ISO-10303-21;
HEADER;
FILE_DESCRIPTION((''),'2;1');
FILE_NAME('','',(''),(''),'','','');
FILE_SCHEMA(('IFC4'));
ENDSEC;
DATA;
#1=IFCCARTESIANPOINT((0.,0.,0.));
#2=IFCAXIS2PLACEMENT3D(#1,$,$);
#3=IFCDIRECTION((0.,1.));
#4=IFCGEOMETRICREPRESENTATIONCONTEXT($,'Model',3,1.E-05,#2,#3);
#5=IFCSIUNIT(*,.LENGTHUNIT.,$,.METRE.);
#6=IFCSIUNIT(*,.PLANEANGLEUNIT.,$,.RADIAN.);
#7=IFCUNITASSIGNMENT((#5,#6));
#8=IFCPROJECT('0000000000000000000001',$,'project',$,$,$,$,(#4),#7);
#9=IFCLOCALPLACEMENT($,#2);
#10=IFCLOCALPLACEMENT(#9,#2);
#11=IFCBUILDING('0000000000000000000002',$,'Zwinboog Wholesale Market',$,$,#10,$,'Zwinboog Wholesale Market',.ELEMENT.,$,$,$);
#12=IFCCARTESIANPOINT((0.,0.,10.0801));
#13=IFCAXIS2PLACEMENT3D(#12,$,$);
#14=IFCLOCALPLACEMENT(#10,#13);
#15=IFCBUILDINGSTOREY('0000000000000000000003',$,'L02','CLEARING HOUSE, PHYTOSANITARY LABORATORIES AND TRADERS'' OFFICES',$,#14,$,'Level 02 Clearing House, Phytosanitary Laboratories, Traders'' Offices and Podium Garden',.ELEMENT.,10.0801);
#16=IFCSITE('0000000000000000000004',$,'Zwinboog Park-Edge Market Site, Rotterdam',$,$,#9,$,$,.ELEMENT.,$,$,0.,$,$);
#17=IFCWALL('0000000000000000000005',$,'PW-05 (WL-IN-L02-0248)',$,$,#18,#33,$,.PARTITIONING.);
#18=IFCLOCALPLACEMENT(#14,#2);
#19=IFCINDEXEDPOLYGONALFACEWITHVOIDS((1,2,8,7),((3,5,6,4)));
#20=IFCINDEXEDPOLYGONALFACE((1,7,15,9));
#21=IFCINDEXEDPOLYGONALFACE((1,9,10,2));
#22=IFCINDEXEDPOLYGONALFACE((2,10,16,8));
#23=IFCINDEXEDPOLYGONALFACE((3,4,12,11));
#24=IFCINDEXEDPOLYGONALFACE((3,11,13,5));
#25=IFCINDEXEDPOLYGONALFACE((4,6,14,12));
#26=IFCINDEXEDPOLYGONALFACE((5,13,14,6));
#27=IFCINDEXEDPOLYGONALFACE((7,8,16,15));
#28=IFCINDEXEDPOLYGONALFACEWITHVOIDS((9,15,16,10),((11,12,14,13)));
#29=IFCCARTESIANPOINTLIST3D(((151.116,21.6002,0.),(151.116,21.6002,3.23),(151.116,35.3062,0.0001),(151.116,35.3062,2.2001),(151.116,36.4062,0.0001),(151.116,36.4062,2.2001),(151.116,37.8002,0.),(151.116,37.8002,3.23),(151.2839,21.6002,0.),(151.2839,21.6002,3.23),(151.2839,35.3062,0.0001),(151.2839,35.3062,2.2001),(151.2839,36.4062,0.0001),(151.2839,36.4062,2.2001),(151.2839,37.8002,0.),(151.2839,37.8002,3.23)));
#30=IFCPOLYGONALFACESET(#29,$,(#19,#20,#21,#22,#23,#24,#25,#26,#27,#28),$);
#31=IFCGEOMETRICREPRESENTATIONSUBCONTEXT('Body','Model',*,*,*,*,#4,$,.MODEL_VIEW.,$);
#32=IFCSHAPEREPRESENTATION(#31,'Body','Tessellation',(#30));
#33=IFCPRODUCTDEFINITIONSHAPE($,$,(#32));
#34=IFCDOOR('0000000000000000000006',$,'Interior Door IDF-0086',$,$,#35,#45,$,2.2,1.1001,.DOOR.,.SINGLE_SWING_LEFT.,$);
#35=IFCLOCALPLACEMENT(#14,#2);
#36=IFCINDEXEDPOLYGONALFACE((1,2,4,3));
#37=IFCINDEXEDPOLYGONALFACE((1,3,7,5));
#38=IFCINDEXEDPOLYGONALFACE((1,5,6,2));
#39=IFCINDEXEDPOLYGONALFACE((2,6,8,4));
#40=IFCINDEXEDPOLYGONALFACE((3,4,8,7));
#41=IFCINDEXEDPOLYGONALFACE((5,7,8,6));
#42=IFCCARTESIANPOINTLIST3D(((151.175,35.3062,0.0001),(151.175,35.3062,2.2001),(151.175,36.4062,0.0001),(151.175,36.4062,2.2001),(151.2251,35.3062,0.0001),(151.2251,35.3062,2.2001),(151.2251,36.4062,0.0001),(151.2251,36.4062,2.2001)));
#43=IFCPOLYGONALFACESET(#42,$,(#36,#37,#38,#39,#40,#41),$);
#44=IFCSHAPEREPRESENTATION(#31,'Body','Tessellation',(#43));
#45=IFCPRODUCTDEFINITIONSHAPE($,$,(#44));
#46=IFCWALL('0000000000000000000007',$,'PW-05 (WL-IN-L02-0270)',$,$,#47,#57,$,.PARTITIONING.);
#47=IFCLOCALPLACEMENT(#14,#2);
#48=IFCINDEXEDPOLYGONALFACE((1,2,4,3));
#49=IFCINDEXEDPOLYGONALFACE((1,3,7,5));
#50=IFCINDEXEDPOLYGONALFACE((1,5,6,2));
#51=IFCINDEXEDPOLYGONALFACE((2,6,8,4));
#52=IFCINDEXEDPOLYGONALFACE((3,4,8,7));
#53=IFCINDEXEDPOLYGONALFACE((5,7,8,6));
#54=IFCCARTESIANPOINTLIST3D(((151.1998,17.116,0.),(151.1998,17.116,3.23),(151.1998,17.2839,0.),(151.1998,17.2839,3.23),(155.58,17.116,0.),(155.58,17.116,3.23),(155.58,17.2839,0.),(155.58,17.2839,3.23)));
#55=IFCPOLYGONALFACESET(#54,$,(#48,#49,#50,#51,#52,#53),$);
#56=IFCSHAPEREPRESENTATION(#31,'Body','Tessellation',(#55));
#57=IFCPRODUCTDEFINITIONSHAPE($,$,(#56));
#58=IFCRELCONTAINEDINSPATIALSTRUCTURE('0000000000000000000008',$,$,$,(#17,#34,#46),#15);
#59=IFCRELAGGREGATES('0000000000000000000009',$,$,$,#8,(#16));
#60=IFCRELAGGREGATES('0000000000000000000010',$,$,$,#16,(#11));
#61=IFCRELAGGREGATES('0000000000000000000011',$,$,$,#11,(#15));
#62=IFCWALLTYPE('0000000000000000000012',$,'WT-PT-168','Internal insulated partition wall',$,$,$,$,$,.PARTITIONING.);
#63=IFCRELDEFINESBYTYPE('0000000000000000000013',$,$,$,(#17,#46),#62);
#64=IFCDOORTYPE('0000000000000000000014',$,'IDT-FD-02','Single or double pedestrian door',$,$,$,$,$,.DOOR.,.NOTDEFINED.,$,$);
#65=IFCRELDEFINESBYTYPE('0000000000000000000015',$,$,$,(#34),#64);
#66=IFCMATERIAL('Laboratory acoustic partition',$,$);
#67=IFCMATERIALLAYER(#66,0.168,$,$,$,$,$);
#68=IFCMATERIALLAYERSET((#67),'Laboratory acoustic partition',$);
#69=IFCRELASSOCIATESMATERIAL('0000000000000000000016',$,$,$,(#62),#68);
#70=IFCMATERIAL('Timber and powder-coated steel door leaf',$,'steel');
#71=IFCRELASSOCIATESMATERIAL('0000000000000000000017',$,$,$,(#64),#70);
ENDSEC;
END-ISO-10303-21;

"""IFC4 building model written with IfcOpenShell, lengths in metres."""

from ifc_helpers import new_model, si_unit, direction, frame, frame_2d, origin, place, context, subcontext, project, spatial, rectangle, extrude, material, layer, layer_set, type_object, element, fill, save


model = new_model("IFC4")

# Units and contexts
model_context = context("Model", 3, precision=1e-05, world=origin(), true_north=direction((0.0, 1.0)))
body_context = subcontext(model_context, "Body", "Model", "MODEL_VIEW")
ifc_project = project(units=[si_unit("LENGTHUNIT", "METRE"), si_unit("PLANEANGLEUNIT", "RADIAN")], contexts=[model_context])

# Site, building, storey
site_placement = place(None, origin())
site = spatial("IfcSite", under=ifc_project, at=site_placement, Name="Zwinboog Park-Edge Market Site, Rotterdam", CompositionType="ELEMENT", RefElevation=0.0)
building_placement = place(site_placement, origin())
building = spatial("IfcBuilding", under=site, at=building_placement, Name="Zwinboog Wholesale Market", LongName="Zwinboog Wholesale Market", CompositionType="ELEMENT")
storey_placement = place(building_placement, frame((0.0, 0.0, 10.0801)))
storey = spatial("IfcBuildingStorey", under=building, at=storey_placement, Name="L02", Description="CLEARING HOUSE, PHYTOSANITARY LABORATORIES AND TRADERS' OFFICES", LongName="Level 02 Clearing House, Phytosanitary Laboratories, Traders' Offices and Podium Garden", CompositionType="ELEMENT", Elevation=10.0801)

# Shared definitions
ifc_material_1 = material(Name="Timber and powder-coated steel door leaf", Category="steel")

# Wall, opening, door
ifc_material_2 = material(Name="Laboratory acoustic partition")
ifc_layer_1 = layer(ifc_material_2, 0.168)
ifc_layer_set_1 = layer_set([ifc_layer_1], Name="Laboratory acoustic partition")
wall_type_1 = type_object("IfcWallType", Name="WT-PT-168", Description="Internal insulated partition wall", PredefinedType="PARTITIONING", material=ifc_layer_set_1)
wall_1_placement = place(storey_placement, frame((151.2, 21.6001, 0.0), z_axis=(0.0, 0.0, 1.0), x_axis=(0.0, 1.0, 0.0)))
wall_1 = element("IfcWall", 1, at=wall_1_placement, inside=storey, type_object=wall_type_1, Name="PW-05 (WL-IN-L02-0248)", PredefinedType="PARTITIONING", context=body_context, shape_type="SweptSolid", body=[
    extrude(rectangle(XDim=16.2, YDim=0.168, at=frame_2d((8.1001, 0.0))), origin(), (0.0, 0.0, 1.0), 3.23),
])
opening_1_placement = place(wall_1_placement, frame((13.7061, 0.0, 0.0)))
opening_1 = element("IfcOpeningElement", 2, at=opening_1_placement, cuts=wall_1, PredefinedType="OPENING", context=body_context, shape_type="SweptSolid", body=[
    extrude(rectangle(XDim=1.1001, YDim=2.2, at=frame_2d((0.55, 1.1001))), frame((0.0, 0.094, 0.0), z_axis=(0.0, -1.0, 0.0), x_axis=(1.0, 0.0, 0.0)), (0.0, 0.0, 1.0), 0.188),
])
door_type_1 = type_object("IfcDoorType", Name="IDT-FD-02", Description="Single or double pedestrian door", OperationType="NOTDEFINED", PredefinedType="DOOR", material=ifc_material_1)
door_1_placement = place(opening_1_placement, origin())
door_1 = element("IfcDoor", 3, at=door_1_placement, inside=storey, type_object=door_type_1, Name="Interior Door IDF-0086", OperationType="SINGLE_SWING_LEFT", OverallHeight=2.2, OverallWidth=1.1001, PredefinedType="DOOR", context=body_context, shape_type="SweptSolid", body=[
    extrude(rectangle(XDim=1.1001, YDim=2.2, at=frame_2d((0.55, 1.1001))), frame((0.0, 0.0249, 0.0), z_axis=(0.0, -1.0, 0.0), x_axis=(1.0, 0.0, 0.0)), (0.0, 0.0, 1.0), 0.05),
])
fill(opening_1, door_1)

# Wall
wall_2_placement = place(storey_placement, frame((151.2, 17.2, 0.0), z_axis=(0.0, 0.0, 1.0), x_axis=(1.0, 0.0, 0.0)))
element("IfcWall", 4, at=wall_2_placement, inside=storey, type_object=wall_type_1, Name="PW-05 (WL-IN-L02-0270)", PredefinedType="PARTITIONING", context=body_context, shape_type="SweptSolid", body=[
    extrude(rectangle(XDim=4.3801, YDim=0.168, at=frame_2d((2.1899, 0.0))), origin(), (0.0, 0.0, 1.0), 3.23),
])

save(model, "model.ifc")
